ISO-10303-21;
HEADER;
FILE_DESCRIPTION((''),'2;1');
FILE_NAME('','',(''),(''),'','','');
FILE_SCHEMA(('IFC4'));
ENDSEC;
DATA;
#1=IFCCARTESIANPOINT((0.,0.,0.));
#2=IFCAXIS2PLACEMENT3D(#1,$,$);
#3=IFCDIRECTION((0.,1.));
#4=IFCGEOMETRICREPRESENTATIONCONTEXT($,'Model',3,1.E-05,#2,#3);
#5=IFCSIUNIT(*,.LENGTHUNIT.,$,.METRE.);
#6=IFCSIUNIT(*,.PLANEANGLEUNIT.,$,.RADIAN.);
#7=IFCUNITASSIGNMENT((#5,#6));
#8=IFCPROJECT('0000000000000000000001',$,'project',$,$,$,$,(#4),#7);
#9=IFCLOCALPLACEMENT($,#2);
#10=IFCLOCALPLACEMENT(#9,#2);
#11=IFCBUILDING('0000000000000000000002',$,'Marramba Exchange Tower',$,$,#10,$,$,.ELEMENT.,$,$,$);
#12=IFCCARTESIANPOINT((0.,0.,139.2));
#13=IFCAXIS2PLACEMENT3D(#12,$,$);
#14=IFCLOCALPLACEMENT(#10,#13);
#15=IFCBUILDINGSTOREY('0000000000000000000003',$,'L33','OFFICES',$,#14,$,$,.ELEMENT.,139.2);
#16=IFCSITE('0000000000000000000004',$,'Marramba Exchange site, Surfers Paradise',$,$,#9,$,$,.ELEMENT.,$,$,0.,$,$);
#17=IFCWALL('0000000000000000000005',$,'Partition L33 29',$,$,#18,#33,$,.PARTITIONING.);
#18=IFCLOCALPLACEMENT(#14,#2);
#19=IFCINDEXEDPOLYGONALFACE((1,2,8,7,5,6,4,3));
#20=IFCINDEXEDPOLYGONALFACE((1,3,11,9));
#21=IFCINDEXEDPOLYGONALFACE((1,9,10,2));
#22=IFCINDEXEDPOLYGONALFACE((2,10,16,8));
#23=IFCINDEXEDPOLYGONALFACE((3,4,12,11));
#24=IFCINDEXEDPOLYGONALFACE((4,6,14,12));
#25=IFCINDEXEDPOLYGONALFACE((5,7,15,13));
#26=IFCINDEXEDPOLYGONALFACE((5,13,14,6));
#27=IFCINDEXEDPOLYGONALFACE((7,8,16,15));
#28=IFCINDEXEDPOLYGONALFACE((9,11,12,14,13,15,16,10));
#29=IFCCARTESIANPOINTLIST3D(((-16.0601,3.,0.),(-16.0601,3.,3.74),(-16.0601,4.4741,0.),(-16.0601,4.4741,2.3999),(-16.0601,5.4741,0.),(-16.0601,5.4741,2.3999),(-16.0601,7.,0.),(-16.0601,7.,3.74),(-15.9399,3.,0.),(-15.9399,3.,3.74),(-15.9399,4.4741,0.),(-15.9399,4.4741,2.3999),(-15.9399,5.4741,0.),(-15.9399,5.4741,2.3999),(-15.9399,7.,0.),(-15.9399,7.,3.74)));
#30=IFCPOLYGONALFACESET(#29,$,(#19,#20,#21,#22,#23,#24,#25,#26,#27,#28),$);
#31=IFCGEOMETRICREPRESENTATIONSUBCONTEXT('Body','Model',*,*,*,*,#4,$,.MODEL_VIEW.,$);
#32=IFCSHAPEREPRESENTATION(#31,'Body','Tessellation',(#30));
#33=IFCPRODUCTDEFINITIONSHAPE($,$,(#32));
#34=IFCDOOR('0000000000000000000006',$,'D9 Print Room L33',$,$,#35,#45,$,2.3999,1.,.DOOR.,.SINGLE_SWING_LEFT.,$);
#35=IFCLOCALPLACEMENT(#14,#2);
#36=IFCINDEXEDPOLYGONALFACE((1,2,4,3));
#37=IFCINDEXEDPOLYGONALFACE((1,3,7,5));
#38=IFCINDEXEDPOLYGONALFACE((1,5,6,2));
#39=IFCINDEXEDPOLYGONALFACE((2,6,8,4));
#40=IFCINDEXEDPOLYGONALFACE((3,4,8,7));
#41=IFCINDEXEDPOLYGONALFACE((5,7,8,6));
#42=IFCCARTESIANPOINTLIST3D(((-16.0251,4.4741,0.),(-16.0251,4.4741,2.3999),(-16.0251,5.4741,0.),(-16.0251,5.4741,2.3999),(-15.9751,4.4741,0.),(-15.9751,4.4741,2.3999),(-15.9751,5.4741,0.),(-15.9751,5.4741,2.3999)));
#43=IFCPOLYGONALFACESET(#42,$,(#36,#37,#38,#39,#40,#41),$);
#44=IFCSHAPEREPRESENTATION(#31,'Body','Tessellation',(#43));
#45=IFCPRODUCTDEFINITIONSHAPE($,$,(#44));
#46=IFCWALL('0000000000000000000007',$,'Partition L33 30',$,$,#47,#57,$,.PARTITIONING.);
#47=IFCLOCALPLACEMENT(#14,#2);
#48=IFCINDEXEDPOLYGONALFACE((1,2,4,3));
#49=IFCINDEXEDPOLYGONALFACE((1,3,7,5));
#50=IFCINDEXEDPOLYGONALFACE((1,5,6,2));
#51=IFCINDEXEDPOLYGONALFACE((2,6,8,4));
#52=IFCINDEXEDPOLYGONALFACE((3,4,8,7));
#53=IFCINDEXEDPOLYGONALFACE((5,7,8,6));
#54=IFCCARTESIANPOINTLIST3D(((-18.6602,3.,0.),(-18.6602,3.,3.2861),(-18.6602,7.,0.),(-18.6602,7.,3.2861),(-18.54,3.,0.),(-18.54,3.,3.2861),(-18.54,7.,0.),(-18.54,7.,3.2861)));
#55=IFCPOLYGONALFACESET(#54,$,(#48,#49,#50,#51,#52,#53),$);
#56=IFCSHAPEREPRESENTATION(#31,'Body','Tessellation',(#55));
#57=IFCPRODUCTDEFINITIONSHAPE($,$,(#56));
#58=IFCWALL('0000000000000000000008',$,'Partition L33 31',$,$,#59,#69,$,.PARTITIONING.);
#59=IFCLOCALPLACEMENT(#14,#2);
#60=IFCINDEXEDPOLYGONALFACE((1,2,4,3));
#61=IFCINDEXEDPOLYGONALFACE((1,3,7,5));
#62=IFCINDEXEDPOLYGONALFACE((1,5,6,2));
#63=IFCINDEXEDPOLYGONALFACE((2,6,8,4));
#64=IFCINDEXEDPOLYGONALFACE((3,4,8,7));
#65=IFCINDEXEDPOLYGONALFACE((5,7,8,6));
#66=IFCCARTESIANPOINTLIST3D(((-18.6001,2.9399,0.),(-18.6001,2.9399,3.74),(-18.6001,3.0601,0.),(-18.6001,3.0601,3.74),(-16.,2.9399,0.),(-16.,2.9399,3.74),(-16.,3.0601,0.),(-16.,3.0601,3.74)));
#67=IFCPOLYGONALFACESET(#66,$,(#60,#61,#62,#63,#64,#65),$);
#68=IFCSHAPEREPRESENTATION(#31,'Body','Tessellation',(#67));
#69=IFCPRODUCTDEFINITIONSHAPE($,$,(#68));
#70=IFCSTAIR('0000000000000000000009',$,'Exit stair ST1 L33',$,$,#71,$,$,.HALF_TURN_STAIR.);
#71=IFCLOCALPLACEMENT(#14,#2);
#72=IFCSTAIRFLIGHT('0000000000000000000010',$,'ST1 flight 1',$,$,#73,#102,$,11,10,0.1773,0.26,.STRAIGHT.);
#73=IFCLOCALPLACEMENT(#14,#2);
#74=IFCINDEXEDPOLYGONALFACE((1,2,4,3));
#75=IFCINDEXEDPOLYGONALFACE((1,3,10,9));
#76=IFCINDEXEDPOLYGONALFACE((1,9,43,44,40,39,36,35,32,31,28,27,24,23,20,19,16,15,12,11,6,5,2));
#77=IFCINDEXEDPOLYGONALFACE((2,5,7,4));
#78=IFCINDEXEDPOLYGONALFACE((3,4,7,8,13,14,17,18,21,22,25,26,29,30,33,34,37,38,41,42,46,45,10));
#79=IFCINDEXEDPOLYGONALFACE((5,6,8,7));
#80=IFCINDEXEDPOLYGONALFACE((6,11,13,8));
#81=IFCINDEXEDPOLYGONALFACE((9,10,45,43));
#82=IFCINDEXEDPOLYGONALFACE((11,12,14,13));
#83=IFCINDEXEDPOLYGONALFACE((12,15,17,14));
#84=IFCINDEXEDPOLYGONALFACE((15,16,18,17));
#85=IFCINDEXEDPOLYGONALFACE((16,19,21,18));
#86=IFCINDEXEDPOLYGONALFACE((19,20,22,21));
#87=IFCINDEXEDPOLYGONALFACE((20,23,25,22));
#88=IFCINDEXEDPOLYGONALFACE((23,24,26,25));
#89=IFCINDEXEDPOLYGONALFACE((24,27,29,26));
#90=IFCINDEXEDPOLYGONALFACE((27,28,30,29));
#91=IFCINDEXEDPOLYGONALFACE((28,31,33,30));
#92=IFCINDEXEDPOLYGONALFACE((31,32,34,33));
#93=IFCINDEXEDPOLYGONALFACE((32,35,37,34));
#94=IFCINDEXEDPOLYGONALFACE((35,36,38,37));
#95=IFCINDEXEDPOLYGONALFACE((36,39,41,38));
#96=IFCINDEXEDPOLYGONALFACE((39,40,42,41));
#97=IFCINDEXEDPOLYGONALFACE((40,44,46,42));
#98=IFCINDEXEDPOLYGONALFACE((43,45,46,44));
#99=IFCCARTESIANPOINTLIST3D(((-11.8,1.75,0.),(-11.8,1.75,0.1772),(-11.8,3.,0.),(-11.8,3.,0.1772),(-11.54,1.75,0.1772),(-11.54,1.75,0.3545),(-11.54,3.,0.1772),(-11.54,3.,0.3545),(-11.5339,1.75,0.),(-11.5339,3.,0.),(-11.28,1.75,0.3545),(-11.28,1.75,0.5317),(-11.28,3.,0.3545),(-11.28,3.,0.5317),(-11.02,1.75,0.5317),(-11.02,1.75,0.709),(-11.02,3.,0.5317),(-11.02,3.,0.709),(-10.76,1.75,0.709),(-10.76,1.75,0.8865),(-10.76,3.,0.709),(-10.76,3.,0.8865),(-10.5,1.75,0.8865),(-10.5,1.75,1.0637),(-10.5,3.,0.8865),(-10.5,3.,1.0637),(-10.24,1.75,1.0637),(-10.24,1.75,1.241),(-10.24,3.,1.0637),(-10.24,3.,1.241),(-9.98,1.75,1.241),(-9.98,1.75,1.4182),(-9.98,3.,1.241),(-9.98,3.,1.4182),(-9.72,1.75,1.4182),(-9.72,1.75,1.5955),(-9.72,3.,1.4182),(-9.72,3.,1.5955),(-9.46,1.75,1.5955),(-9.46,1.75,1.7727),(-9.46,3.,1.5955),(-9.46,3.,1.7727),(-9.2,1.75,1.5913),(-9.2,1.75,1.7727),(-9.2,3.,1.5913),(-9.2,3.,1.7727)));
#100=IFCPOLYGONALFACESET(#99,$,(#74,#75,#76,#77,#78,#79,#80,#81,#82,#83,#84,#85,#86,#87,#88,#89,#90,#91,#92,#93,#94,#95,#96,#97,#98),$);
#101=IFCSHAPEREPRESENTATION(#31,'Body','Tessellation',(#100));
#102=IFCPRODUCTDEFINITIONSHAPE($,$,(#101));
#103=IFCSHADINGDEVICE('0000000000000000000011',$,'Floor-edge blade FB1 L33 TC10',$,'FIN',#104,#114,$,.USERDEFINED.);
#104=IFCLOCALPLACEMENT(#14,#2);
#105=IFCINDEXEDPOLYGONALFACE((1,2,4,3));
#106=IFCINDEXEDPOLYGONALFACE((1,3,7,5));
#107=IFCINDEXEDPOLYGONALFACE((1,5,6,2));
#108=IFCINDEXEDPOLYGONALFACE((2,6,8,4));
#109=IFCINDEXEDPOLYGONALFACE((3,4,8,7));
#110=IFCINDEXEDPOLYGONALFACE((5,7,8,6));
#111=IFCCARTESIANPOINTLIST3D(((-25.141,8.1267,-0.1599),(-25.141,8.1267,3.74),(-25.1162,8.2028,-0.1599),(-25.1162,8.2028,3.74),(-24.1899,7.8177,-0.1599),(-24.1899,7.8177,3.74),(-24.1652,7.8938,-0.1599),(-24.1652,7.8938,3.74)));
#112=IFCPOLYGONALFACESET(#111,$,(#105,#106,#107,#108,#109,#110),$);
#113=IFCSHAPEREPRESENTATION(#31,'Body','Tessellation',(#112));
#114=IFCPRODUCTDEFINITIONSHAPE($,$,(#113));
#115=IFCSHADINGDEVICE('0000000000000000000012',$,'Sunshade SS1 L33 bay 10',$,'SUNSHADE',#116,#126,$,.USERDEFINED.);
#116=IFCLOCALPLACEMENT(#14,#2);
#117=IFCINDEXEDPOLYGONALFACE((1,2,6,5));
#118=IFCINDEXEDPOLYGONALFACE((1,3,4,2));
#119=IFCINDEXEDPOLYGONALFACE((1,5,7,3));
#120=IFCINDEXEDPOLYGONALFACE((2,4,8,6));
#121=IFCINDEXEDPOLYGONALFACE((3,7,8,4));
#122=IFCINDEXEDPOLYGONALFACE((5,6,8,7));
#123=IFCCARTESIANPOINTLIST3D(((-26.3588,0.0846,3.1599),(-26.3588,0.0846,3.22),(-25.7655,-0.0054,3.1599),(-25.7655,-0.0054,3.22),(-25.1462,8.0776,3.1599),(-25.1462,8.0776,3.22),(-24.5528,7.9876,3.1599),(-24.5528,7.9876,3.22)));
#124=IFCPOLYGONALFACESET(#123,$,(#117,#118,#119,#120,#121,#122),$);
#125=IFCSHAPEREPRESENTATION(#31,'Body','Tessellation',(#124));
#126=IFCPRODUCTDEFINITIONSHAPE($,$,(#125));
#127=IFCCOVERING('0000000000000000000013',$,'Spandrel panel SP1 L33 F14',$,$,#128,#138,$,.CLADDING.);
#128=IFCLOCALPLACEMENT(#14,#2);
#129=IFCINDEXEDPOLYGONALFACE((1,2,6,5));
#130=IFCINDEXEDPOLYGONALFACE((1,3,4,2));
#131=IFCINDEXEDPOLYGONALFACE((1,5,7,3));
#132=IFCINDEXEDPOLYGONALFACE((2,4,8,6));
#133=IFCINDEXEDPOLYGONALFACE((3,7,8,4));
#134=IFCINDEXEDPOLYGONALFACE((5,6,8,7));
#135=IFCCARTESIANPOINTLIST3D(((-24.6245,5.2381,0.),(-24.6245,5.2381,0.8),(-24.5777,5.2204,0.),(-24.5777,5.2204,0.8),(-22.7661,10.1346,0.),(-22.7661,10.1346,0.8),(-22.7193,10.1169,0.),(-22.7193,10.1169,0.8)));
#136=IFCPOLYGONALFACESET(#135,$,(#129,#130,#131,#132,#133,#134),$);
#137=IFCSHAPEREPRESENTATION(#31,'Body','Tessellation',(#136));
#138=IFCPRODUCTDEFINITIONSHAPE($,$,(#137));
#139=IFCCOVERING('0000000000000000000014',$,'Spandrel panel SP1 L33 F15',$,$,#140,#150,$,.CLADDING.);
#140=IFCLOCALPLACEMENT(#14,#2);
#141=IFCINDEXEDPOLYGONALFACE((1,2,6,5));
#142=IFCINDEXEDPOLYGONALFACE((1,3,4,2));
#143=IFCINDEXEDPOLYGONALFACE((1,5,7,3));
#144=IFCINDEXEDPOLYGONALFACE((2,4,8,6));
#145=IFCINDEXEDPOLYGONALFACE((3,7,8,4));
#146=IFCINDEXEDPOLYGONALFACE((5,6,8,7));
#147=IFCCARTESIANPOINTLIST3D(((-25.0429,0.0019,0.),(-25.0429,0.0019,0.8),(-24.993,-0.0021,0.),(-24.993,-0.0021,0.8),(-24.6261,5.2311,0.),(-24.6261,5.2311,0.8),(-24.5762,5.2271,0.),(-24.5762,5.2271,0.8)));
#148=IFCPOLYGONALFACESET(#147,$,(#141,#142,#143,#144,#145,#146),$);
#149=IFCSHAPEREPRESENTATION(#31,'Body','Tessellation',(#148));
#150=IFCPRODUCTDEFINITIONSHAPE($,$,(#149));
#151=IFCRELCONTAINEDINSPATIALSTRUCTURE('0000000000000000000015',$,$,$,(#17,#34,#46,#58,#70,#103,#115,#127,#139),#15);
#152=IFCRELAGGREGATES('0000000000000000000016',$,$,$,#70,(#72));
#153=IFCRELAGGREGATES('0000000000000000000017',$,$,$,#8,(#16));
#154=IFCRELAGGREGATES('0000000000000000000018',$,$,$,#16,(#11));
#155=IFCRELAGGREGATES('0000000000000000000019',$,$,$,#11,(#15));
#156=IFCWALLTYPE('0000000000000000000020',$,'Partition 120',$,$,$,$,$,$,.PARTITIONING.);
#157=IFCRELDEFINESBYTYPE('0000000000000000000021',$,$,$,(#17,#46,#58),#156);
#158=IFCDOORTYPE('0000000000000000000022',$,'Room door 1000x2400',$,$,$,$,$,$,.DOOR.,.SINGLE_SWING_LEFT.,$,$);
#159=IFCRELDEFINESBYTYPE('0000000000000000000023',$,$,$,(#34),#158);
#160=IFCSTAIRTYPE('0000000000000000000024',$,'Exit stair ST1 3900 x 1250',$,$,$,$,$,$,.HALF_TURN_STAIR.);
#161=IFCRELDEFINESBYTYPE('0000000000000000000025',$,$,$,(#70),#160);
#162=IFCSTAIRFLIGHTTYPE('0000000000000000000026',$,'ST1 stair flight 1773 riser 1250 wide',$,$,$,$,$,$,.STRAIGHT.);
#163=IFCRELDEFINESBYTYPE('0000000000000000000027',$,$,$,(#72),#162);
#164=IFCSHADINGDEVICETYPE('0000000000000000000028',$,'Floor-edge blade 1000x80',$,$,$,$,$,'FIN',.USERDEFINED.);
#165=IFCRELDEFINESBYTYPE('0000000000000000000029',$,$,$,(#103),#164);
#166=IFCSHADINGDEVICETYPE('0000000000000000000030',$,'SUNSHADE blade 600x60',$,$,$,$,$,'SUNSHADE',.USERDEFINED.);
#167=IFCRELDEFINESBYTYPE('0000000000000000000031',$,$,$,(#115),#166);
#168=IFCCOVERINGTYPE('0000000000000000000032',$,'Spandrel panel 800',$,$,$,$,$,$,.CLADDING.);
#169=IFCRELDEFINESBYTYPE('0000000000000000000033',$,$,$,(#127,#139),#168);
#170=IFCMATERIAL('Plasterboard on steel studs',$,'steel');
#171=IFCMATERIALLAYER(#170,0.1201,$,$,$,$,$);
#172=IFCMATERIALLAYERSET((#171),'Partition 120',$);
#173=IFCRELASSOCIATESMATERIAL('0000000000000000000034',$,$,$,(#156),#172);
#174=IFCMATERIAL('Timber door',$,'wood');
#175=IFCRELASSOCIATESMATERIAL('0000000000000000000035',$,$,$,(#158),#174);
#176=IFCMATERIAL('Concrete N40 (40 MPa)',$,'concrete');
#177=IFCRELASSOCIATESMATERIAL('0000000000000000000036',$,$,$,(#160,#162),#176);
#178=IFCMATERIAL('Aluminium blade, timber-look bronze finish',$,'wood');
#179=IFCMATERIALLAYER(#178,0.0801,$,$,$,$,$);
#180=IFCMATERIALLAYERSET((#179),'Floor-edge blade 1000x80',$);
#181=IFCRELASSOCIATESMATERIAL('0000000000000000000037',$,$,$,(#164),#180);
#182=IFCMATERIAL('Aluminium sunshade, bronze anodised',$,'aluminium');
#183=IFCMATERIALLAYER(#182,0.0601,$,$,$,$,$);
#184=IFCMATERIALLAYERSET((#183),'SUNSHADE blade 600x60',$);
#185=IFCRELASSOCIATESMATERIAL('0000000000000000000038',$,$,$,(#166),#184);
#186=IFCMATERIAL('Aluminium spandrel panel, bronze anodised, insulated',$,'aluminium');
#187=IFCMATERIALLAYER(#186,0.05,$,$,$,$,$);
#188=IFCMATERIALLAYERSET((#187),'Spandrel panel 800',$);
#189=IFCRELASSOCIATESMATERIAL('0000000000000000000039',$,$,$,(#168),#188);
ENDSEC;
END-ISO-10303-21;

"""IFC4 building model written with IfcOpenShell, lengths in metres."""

from ifc_helpers import new_model, si_unit, direction, frame, frame_2d, origin, origin_2d, place, context, subcontext, project, spatial, polyline, rectangle, outline, extrude, material, layer, layer_set, type_object, element, fill, aggregate, save


model = new_model("IFC4")

# Units and contexts
model_context = context("Model", 3, precision=1e-05, world=origin(), true_north=direction((0.0, 1.0)))
body_context = subcontext(model_context, "Body", "Model", "MODEL_VIEW")
ifc_project = project(units=[si_unit("LENGTHUNIT", "METRE"), si_unit("PLANEANGLEUNIT", "RADIAN")], contexts=[model_context])

# Site, building, storey
site_placement = place(None, origin())
site = spatial("IfcSite", under=ifc_project, at=site_placement, Name="Marramba Exchange site, Surfers Paradise", CompositionType="ELEMENT", RefElevation=0.0)
building_placement = place(site_placement, origin())
building = spatial("IfcBuilding", under=site, at=building_placement, Name="Marramba Exchange Tower", CompositionType="ELEMENT")
storey_placement = place(building_placement, frame((0.0, 0.0, 139.2)))
storey = spatial("IfcBuildingStorey", under=building, at=storey_placement, Name="L33", Description="OFFICES", CompositionType="ELEMENT", Elevation=139.2)

# Shared definitions
ifc_material_1 = material(Name="Plasterboard on steel studs", Category="steel")
ifc_layer_1 = layer(ifc_material_1, 0.1201)
ifc_layer_set_1 = layer_set([ifc_layer_1], Name="Partition 120")
wall_type_1 = type_object("IfcWallType", Name="Partition 120", PredefinedType="PARTITIONING", material=ifc_layer_set_1)

# Wall, opening, door
wall_1_placement = place(storey_placement, frame((-16.0, 7.0, 0.0), z_axis=(0.0, 0.0, 1.0), x_axis=(0.0, -1.0, 0.0)))
wall_1 = element("IfcWall", 1, at=wall_1_placement, inside=storey, type_object=wall_type_1, Name="Partition L33 29", PredefinedType="PARTITIONING", context=body_context, shape_type="SweptSolid", body=[
    extrude(rectangle(XDim=4.0, YDim=0.1201, at=frame_2d((2.0, 0.0))), origin(), (0.0, 0.0, 1.0), 3.74),
])
opening_1_placement = place(wall_1_placement, frame((1.5259, 0.0, 0.0)))
opening_1 = element("IfcOpeningElement", 2, at=opening_1_placement, cuts=wall_1, PredefinedType="OPENING", context=body_context, shape_type="SweptSolid", body=[
    extrude(rectangle(XDim=1.0, YDim=2.3999, at=frame_2d((0.5, 1.2))), frame((0.0, 0.0701, 0.0), z_axis=(0.0, -1.0, 0.0), x_axis=(1.0, 0.0, 0.0)), (0.0, 0.0, 1.0), 0.1401),
])
ifc_material_2 = material(Name="Timber door", Category="wood")
door_type_1 = type_object("IfcDoorType", Name="Room door 1000x2400", OperationType="SINGLE_SWING_LEFT", PredefinedType="DOOR", material=ifc_material_2)
door_1_placement = place(opening_1_placement, frame((1.0, 0.0, 0.0), z_axis=(0.0, 0.0, 1.0), x_axis=(-1.0, 0.0, 0.0)))
door_1 = element("IfcDoor", 3, at=door_1_placement, inside=storey, type_object=door_type_1, Name="D9 Print Room L33", OperationType="SINGLE_SWING_LEFT", OverallHeight=2.3999, OverallWidth=1.0, PredefinedType="DOOR", context=body_context, shape_type="SweptSolid", body=[
    extrude(rectangle(XDim=1.0, YDim=2.3999, at=frame_2d((0.5, 1.2))), frame((0.0, 0.0251, 0.0), z_axis=(0.0, -1.0, 0.0), x_axis=(1.0, 0.0, 0.0)), (0.0, 0.0, 1.0), 0.05),
])
fill(opening_1, door_1)

# Walls
wall_2_placement = place(storey_placement, frame((-18.6001, 3.0, 0.0), z_axis=(0.0, 0.0, 1.0), x_axis=(0.0, 1.0, 0.0)))
element("IfcWall", 4, at=wall_2_placement, inside=storey, type_object=wall_type_1, Name="Partition L33 30", PredefinedType="PARTITIONING", context=body_context, shape_type="SweptSolid", body=[
    extrude(rectangle(XDim=4.0, YDim=0.1201, at=frame_2d((2.0, 0.0))), origin(), (0.0, 0.0, 1.0), 3.2861),
])
wall_3_placement = place(storey_placement, frame((-16.0, 3.0, 0.0), z_axis=(0.0, 0.0, 1.0), x_axis=(-1.0, 0.0, 0.0)))
element("IfcWall", 5, at=wall_3_placement, inside=storey, type_object=wall_type_1, Name="Partition L33 31", PredefinedType="PARTITIONING", context=body_context, shape_type="SweptSolid", body=[
    extrude(rectangle(XDim=2.6001, YDim=0.1201, at=frame_2d((1.3, 0.0))), origin(), (0.0, 0.0, 1.0), 3.74),
])

# Stair, stair flight
ifc_material_3 = material(Name="Concrete N40 (40 MPa)", Category="concrete")
stair_type = type_object("IfcStairType", Name="Exit stair ST1 3900 x 1250", PredefinedType="HALF_TURN_STAIR", material=ifc_material_3)
stair_placement = place(storey_placement, origin())
stair = element("IfcStair", 6, at=stair_placement, inside=storey, type_object=stair_type, Name="Exit stair ST1 L33", PredefinedType="HALF_TURN_STAIR")
stair_flight_type = type_object("IfcStairFlightType", Name="ST1 stair flight 1773 riser 1250 wide", PredefinedType="STRAIGHT", material=ifc_material_3)
stair_flight_placement = place(storey_placement, frame((-11.8, 2.375, 0.0), z_axis=(0.0, 0.0, 1.0), x_axis=(1.0, 0.0, 0.0)))
stair_flight = element("IfcStairFlight", 7, at=stair_flight_placement, type_object=stair_flight_type, Name="ST1 flight 1", NumberOfRisers=11, NumberOfTreads=10, PredefinedType="STRAIGHT", RiserHeight=0.1773, TreadLength=0.26, context=body_context, shape_type="SweptSolid", body=[
    extrude(outline(polyline([(0.0, 0.0), (0.0, 0.1772), (0.26, 0.1772), (0.26, 0.3545), (0.52, 0.3545), (0.52, 0.5317), (0.78, 0.5317), (0.78, 0.709), (1.04, 0.709), (1.04, 0.8865), (1.3, 0.8865), (1.3, 1.0637), (1.5601, 1.0637), (1.5601, 1.241), (1.8201, 1.241), (1.8201, 1.4182), (2.0801, 1.4182), (2.0801, 1.5955), (2.3401, 1.5955), (2.3401, 1.7727), (2.6001, 1.7727), (2.6001, 1.95), (2.6001, 1.5913), (0.2661, 0.0), (0.0, 0.0)])), frame((0.0, 0.625, 0.0), z_axis=(0.0, -1.0, 0.0), x_axis=(1.0, 0.0, 0.0)), (0.0, 0.0, 1.0), 1.25),
])
aggregate(stair, [stair_flight])

# Shading devices
ifc_material_4 = material(Name="Aluminium blade, timber-look bronze finish", Category="wood")
ifc_layer_2 = layer(ifc_material_4, 0.0801)
ifc_layer_set_2 = layer_set([ifc_layer_2], Name="Floor-edge blade 1000x80")
shading_device_type_1 = type_object("IfcShadingDeviceType", Name="Floor-edge blade 1000x80", ElementType="FIN", PredefinedType="USERDEFINED", material=ifc_layer_set_2)
shading_device_1_placement = place(storey_placement, frame((-24.6531, 8.0103, -0.1599), z_axis=(0.0, 0.0, 1.0), x_axis=(-0.951057, 0.309017, 0.0)))
element("IfcShadingDevice", 8, at=shading_device_1_placement, inside=storey, type_object=shading_device_type_1, Name="Floor-edge blade FB1 L33 TC10", ObjectType="FIN", PredefinedType="USERDEFINED", context=body_context, shape_type="SweptSolid", body=[
    extrude(rectangle(XDim=1.0, YDim=0.0801, at=origin_2d()), origin(), (0.0, 0.0, 1.0), 3.8999),
])
ifc_material_5 = material(Name="Aluminium sunshade, bronze anodised", Category="aluminium")
ifc_layer_3 = layer(ifc_material_5, 0.0601)
ifc_layer_set_3 = layer_set([ifc_layer_3], Name="SUNSHADE blade 600x60")
shading_device_type_2 = type_object("IfcShadingDeviceType", Name="SUNSHADE blade 600x60", ElementType="SUNSHADE", PredefinedType="USERDEFINED", material=ifc_layer_set_3)
shading_device_2_placement = place(storey_placement, frame((-25.4558, 4.0361, 3.1599), z_axis=(0.0, 0.0, 1.0), x_axis=(-0.149993, -0.988687, 0.0)))
element("IfcShadingDevice", 9, at=shading_device_2_placement, inside=storey, type_object=shading_device_type_2, Name="Sunshade SS1 L33 bay 10", ObjectType="SUNSHADE", PredefinedType="USERDEFINED", context=body_context, shape_type="SweptSolid", body=[
    extrude(rectangle(XDim=8.0845, YDim=0.6001, at=origin_2d()), origin(), (0.0, 0.0, 1.0), 0.0601),
])

# Coverings
ifc_material_6 = material(Name="Aluminium spandrel panel, bronze anodised, insulated", Category="aluminium")
ifc_layer_4 = layer(ifc_material_6, 0.05)
ifc_layer_set_4 = layer_set([ifc_layer_4], Name="Spandrel panel 800")
covering_type = type_object("IfcCoveringType", Name="Spandrel panel 800", PredefinedType="CLADDING", material=ifc_layer_set_4)
covering_1_placement = place(storey_placement, frame((-23.6719, 7.6775, 0.0), z_axis=(0.0, 0.0, 1.0), x_axis=(-0.354844, -0.934925, 0.0)))
element("IfcCovering", 10, at=covering_1_placement, inside=storey, type_object=covering_type, Name="Spandrel panel SP1 L33 F14", PredefinedType="CLADDING", context=body_context, shape_type="SweptSolid", body=[
    extrude(rectangle(XDim=5.2373, YDim=0.05, at=origin_2d()), origin(), (0.0, 0.0, 1.0), 0.8),
])
covering_2_placement = place(storey_placement, frame((-24.8096, 2.6145, 0.0), z_axis=(0.0, 0.0, 1.0), x_axis=(-0.07946, -0.996838, 0.0)))
element("IfcCovering", 11, at=covering_2_placement, inside=storey, type_object=covering_type, Name="Spandrel panel SP1 L33 F15", PredefinedType="CLADDING", context=body_context, shape_type="SweptSolid", body=[
    extrude(rectangle(XDim=5.2458, YDim=0.05, at=origin_2d()), origin(), (0.0, 0.0, 1.0), 0.8),
])

save(model, "model.ifc")
